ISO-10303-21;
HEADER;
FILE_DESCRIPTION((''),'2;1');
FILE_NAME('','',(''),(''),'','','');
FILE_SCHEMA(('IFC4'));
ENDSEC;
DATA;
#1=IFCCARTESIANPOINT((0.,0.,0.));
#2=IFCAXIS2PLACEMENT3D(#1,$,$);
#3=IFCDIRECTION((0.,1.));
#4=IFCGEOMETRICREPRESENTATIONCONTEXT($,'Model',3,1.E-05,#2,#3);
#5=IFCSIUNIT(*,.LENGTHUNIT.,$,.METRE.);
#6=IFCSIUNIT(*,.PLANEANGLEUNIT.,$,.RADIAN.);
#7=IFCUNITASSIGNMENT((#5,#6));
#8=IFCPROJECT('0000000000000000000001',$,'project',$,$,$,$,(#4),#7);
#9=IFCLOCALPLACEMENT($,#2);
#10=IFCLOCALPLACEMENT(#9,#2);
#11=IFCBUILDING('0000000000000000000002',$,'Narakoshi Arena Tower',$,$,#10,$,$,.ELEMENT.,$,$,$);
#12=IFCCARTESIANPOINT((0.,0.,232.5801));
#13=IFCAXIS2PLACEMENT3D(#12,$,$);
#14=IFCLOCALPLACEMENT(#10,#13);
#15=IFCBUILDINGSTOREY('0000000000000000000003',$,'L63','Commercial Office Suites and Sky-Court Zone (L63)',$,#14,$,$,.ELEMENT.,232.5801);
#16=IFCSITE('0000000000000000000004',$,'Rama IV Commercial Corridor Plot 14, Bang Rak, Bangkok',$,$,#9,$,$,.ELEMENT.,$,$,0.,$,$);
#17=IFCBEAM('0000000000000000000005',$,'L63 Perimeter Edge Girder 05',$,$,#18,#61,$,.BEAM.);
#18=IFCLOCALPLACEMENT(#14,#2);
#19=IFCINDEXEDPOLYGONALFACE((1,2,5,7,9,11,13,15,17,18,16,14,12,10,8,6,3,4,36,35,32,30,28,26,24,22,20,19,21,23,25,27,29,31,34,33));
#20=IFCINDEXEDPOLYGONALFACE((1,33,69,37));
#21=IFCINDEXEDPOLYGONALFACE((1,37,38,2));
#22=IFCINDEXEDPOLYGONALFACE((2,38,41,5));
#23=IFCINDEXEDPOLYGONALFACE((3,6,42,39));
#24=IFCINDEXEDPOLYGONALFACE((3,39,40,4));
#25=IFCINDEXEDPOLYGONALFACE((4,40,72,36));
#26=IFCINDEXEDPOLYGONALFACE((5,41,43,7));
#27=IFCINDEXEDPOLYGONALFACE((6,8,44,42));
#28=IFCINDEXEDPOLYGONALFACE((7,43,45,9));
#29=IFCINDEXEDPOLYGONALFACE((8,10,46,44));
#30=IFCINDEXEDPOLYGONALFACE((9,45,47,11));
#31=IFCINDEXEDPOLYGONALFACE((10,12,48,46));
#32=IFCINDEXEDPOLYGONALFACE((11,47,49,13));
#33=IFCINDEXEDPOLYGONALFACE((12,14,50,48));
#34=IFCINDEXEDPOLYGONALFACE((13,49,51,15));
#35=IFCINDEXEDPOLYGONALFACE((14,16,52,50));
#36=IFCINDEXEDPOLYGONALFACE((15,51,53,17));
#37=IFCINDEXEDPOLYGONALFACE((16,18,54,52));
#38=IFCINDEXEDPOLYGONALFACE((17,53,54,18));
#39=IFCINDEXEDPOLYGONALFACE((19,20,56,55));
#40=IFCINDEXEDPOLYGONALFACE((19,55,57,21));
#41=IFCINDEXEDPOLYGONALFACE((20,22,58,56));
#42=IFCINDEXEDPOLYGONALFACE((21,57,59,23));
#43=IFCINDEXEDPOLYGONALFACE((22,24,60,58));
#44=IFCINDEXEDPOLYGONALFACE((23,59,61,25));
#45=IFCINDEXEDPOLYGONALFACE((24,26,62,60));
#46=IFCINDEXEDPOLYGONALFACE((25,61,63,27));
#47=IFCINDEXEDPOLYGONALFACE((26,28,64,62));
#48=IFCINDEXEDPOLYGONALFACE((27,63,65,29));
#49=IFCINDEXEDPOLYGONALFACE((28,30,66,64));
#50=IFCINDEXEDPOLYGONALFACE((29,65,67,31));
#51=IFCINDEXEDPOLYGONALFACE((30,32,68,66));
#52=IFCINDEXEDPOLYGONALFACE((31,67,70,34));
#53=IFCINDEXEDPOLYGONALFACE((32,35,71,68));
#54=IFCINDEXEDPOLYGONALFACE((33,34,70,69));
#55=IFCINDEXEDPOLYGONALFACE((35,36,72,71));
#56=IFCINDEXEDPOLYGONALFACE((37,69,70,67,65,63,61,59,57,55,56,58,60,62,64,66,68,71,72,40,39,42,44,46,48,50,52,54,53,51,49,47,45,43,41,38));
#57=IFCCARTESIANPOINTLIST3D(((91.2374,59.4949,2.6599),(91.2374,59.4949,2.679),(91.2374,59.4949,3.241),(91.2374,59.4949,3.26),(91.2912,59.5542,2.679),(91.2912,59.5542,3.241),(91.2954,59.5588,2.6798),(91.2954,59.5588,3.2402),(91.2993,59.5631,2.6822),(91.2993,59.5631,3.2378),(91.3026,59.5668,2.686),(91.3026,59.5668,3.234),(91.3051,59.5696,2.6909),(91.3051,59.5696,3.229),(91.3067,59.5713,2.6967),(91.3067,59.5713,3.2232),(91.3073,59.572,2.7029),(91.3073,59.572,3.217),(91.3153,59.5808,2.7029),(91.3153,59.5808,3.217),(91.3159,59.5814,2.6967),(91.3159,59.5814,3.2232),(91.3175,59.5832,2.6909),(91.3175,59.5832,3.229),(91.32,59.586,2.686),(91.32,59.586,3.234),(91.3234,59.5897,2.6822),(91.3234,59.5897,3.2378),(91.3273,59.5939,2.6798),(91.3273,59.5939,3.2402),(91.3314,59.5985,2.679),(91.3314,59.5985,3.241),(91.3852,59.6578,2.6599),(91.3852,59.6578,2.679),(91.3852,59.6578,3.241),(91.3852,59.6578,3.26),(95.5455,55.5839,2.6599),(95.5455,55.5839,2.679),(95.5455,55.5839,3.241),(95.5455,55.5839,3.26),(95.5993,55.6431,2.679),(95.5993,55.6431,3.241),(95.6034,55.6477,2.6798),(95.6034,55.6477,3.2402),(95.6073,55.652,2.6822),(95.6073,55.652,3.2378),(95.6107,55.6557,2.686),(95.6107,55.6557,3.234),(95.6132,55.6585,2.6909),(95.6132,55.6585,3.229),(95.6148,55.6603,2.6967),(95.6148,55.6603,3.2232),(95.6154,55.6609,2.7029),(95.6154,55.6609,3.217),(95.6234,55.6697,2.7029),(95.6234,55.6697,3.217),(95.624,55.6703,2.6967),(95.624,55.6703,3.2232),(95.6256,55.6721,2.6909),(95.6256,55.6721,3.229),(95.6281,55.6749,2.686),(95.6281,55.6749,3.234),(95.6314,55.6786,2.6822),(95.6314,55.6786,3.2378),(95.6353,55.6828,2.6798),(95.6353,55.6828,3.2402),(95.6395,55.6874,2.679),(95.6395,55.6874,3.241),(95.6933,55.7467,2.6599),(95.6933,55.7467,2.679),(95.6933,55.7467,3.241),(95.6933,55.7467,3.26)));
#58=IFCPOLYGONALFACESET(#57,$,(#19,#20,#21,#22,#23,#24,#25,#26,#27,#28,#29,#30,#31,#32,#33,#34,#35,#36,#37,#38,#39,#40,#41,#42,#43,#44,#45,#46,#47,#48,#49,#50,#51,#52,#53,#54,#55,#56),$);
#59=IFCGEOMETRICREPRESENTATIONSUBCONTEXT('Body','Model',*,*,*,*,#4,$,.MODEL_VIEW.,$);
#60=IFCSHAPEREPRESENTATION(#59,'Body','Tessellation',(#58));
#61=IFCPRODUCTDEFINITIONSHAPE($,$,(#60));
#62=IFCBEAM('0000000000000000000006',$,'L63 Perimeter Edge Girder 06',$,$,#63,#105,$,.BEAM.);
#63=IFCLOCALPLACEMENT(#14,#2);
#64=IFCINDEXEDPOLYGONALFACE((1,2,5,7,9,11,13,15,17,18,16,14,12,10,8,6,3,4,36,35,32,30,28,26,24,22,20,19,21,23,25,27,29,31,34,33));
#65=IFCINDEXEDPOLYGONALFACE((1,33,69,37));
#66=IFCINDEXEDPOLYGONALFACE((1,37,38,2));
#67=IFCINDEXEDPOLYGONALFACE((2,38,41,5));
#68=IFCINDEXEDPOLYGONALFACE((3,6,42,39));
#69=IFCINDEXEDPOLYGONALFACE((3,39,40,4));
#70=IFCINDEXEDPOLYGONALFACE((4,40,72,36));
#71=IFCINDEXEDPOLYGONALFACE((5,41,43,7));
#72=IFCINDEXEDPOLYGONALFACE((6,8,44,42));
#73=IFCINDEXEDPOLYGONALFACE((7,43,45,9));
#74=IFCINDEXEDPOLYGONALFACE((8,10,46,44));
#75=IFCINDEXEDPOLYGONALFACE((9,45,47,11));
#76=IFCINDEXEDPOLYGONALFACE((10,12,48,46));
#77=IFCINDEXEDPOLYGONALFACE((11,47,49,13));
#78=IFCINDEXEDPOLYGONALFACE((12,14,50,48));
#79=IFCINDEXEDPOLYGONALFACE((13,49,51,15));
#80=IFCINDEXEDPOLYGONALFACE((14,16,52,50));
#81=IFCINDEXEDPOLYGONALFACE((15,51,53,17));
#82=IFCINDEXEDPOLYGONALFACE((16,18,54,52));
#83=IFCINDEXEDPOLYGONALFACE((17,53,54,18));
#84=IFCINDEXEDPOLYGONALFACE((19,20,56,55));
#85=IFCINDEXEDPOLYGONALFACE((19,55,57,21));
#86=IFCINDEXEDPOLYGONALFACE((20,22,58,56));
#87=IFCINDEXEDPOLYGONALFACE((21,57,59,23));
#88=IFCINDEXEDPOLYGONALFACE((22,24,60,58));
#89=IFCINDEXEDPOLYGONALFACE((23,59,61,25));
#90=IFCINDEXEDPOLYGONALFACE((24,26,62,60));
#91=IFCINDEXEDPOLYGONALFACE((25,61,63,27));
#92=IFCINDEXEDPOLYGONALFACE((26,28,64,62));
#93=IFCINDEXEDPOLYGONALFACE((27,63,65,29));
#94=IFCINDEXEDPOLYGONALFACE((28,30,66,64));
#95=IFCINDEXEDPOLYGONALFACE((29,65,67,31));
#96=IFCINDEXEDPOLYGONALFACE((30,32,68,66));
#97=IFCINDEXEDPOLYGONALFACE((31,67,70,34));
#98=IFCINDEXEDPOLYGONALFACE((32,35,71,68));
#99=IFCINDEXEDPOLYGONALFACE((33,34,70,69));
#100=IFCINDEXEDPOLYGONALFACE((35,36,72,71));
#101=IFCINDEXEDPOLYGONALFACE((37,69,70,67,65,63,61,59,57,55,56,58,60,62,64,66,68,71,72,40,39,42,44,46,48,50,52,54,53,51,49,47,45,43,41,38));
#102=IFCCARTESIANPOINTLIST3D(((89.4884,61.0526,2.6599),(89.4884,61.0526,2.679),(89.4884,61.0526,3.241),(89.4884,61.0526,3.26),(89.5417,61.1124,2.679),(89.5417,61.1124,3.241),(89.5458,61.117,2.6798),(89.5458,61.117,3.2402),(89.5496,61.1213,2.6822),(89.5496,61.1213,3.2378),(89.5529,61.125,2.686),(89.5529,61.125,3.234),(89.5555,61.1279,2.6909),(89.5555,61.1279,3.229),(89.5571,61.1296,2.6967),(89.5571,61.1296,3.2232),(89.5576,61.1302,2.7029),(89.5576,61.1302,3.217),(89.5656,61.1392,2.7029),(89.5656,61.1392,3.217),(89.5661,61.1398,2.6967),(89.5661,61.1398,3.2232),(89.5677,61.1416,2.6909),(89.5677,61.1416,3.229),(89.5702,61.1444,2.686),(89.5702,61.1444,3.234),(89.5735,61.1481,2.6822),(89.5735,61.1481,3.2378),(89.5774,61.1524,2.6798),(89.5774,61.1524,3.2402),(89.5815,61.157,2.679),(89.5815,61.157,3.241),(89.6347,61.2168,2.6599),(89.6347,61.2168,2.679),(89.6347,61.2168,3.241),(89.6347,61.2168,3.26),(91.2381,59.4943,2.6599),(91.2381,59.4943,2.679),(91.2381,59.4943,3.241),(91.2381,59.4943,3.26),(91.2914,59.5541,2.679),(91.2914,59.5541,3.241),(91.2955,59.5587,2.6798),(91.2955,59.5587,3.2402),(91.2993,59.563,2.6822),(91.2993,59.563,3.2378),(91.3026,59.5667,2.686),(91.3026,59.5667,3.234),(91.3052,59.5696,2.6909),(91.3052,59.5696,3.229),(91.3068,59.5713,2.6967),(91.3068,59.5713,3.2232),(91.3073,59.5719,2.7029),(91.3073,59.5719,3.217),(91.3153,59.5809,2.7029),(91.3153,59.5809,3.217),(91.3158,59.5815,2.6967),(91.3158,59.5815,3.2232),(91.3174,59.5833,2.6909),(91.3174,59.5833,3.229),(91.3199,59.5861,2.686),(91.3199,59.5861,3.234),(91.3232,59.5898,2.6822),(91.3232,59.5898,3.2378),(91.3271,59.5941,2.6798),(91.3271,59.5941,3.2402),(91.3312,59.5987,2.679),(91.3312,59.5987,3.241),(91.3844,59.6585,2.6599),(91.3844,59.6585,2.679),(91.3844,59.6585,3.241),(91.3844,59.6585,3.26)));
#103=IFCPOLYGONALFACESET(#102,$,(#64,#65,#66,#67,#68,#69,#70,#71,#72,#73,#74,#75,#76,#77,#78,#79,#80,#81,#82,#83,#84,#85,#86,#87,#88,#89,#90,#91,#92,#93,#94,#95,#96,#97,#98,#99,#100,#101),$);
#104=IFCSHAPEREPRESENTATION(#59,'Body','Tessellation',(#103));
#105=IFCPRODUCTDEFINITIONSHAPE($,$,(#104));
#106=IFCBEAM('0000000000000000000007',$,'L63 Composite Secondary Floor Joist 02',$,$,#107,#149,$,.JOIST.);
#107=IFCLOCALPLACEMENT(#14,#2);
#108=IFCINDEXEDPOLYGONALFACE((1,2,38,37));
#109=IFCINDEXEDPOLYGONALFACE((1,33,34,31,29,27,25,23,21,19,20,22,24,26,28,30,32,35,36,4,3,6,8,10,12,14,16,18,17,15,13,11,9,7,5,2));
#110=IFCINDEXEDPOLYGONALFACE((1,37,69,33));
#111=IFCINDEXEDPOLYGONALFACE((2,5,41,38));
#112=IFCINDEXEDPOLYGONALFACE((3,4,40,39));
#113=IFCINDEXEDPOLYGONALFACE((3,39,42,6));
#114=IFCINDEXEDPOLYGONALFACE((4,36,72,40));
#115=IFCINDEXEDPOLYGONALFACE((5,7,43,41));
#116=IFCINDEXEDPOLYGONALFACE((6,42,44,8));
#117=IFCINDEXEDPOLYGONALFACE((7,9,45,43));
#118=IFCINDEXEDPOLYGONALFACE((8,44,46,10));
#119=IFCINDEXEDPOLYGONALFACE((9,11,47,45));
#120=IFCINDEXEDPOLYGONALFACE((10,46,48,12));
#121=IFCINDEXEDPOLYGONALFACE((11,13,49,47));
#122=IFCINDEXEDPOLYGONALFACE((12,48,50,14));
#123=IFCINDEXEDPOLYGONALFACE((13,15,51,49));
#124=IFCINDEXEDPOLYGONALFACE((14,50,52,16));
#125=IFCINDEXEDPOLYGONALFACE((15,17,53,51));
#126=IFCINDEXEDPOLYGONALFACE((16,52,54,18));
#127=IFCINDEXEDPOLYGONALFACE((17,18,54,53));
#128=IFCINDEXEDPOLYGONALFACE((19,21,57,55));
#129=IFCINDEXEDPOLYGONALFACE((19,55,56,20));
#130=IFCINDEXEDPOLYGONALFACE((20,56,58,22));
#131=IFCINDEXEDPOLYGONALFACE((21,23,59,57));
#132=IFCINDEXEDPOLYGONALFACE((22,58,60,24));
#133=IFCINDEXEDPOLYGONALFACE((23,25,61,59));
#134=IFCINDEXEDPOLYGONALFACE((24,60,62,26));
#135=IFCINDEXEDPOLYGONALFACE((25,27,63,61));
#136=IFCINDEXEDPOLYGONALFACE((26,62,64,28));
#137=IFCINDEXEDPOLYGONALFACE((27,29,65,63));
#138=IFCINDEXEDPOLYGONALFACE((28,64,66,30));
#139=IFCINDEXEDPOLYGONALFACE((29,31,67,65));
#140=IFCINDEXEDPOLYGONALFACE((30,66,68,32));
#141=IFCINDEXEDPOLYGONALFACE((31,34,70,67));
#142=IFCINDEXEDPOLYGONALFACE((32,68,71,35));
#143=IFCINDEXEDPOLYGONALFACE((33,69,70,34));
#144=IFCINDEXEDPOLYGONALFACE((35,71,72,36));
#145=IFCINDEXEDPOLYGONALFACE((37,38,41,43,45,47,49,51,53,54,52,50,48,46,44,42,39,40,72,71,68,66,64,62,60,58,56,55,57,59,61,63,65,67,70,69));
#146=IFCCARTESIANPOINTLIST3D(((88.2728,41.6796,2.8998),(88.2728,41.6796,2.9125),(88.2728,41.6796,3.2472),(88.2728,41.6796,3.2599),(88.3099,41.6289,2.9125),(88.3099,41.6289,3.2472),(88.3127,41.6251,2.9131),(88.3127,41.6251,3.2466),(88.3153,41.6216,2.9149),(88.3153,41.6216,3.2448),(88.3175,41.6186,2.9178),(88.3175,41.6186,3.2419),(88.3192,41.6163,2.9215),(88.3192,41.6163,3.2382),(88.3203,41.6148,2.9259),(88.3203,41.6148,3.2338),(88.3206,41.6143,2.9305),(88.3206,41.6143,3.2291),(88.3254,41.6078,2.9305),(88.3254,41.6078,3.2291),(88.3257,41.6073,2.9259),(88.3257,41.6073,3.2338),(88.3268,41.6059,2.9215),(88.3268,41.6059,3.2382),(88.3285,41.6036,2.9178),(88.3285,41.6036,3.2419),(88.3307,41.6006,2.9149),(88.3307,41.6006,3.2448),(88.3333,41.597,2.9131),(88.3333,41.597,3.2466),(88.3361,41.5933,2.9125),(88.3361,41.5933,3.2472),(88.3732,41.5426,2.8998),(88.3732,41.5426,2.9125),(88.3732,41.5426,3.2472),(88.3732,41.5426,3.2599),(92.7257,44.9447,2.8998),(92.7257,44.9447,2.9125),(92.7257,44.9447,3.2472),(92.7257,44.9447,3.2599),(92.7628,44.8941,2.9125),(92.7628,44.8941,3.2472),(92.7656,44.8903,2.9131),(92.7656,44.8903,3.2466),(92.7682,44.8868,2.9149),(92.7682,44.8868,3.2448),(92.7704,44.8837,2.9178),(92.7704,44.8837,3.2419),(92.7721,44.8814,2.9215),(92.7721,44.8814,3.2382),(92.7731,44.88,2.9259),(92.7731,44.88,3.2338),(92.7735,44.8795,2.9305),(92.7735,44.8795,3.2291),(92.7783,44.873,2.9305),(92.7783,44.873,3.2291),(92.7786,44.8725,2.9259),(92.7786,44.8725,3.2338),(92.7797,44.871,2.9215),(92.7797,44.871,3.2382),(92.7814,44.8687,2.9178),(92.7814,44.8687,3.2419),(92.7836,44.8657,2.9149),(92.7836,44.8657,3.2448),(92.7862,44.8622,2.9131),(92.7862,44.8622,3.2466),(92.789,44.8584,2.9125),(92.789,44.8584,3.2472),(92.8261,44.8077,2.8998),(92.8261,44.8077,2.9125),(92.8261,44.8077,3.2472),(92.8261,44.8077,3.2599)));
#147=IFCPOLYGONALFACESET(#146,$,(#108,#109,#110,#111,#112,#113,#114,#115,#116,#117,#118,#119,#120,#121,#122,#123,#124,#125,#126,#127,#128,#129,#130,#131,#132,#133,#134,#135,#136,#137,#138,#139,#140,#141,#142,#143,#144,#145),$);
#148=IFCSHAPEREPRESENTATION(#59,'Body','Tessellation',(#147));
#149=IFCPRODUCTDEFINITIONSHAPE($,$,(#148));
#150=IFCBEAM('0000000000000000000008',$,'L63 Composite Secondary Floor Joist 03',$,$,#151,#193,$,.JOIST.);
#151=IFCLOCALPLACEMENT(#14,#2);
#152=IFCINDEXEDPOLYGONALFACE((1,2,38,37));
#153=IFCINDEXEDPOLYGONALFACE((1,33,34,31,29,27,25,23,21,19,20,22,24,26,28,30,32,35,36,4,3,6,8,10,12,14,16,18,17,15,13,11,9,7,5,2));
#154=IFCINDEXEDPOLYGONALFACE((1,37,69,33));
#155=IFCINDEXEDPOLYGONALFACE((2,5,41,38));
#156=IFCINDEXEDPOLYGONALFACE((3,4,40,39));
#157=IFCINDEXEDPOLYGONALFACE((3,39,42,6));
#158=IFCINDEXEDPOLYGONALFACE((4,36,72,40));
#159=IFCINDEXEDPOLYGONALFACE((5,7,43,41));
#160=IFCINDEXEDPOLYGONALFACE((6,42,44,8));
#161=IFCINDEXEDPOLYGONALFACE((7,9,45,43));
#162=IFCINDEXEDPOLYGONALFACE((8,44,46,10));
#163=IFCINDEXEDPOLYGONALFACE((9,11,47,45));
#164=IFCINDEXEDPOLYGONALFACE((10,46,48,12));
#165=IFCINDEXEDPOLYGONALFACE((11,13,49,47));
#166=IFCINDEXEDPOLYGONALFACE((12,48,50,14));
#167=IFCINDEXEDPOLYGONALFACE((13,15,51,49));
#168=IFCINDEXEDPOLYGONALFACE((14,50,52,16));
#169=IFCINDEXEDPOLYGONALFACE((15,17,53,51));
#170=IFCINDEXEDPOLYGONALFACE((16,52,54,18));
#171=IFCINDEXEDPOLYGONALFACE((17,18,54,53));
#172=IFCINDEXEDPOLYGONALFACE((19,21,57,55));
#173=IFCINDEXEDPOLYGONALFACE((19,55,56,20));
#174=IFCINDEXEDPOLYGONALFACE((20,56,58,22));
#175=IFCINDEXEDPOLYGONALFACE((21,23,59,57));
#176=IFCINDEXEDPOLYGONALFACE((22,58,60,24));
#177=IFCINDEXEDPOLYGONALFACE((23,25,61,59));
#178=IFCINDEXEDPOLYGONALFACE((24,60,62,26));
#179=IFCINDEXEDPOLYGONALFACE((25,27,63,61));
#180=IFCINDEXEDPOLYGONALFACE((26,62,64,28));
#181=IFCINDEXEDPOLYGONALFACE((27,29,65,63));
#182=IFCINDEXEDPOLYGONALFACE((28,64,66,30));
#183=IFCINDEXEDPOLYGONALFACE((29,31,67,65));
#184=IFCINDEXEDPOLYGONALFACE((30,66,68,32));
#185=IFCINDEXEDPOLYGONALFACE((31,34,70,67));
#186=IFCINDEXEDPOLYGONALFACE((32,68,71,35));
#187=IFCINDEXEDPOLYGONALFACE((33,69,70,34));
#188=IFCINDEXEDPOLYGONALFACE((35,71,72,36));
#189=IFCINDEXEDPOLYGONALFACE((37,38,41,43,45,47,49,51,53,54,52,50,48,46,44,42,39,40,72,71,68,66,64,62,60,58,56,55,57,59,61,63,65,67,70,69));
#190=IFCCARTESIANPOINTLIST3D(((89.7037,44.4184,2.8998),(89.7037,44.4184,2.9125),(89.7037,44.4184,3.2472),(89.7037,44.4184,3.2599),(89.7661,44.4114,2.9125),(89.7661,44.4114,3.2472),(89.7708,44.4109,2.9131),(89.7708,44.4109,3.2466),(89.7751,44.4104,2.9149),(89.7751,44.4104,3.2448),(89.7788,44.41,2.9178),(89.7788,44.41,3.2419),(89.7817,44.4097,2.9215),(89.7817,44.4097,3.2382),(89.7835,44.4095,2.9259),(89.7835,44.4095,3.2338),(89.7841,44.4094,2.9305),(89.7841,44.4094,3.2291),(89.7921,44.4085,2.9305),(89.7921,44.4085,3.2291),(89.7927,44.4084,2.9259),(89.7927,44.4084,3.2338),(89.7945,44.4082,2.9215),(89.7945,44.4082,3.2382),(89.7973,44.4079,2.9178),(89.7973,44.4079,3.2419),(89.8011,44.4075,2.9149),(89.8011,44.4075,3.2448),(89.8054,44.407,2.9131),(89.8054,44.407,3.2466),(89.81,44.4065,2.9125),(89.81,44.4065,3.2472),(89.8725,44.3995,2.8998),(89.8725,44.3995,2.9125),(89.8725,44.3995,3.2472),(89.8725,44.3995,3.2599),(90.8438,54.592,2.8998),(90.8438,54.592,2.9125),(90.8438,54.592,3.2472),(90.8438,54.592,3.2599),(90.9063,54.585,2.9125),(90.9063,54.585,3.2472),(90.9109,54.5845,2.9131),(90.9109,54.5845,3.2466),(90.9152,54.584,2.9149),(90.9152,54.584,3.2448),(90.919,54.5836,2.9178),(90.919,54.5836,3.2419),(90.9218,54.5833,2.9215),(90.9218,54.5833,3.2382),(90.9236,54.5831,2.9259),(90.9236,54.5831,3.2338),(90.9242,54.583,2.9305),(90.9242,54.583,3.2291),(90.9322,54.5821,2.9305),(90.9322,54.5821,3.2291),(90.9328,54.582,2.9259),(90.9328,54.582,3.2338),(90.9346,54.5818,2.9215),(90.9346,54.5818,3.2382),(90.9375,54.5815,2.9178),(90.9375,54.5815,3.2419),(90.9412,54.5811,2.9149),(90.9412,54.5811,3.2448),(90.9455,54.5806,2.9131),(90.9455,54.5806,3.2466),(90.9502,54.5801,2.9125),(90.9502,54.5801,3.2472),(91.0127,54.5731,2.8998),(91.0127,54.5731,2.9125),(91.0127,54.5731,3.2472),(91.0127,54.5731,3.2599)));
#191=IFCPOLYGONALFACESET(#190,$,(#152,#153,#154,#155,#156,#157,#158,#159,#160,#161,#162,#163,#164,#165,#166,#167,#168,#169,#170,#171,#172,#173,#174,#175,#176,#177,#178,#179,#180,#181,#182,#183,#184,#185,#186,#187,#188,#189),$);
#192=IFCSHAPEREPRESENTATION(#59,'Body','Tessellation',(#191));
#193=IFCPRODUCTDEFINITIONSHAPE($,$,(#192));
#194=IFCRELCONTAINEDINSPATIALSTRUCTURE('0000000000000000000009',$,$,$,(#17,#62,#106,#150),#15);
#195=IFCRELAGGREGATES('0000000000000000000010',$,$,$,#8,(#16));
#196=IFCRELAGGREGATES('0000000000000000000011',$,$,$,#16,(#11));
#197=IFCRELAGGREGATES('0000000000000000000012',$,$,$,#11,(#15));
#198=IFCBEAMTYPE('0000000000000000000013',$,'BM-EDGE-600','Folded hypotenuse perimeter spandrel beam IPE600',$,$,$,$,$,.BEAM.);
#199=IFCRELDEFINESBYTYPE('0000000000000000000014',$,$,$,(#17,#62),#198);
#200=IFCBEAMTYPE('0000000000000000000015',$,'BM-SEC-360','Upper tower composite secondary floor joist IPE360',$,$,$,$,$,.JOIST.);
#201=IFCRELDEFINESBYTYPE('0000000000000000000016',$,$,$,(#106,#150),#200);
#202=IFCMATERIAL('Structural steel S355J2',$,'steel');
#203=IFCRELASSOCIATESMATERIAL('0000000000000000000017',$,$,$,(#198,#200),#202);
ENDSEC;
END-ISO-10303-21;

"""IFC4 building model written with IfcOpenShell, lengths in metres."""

from ifc_helpers import new_model, si_unit, direction, frame, origin, origin_2d, place, context, subcontext, project, spatial, i_section, extrude, material, material_profile, profile_set, type_object, element, save


model = new_model("IFC4")

# Units and contexts
model_context = context("Model", 3, precision=1e-05, world=origin(), true_north=direction((0.0, 1.0)))
body_context = subcontext(model_context, "Body", "Model", "MODEL_VIEW")
ifc_project = project(units=[si_unit("LENGTHUNIT", "METRE"), si_unit("PLANEANGLEUNIT", "RADIAN")], contexts=[model_context])

# Site, building, storey
site_placement = place(None, origin())
site = spatial("IfcSite", under=ifc_project, at=site_placement, Name="Rama IV Commercial Corridor Plot 14, Bang Rak, Bangkok", CompositionType="ELEMENT", RefElevation=0.0)
building_placement = place(site_placement, origin())
building = spatial("IfcBuilding", under=site, at=building_placement, Name="Narakoshi Arena Tower", CompositionType="ELEMENT")
storey_placement = place(building_placement, frame((0.0, 0.0, 232.5801)))
storey = spatial("IfcBuildingStorey", under=building, at=storey_placement, Name="L63", Description="Commercial Office Suites and Sky-Court Zone (L63)", CompositionType="ELEMENT", Elevation=232.5801)

# Beams
ifc_material_1 = material(Name="Structural steel S355J2", Category="steel")
ifc_material_profile_1 = material_profile(ifc_material_1, i_section(OverallWidth=0.22, OverallDepth=0.6001, WebThickness=0.012, FlangeThickness=0.019, FilletRadius=0.0239, at=origin_2d()), Name="IPE600")
ifc_profile_set_1 = profile_set([ifc_material_profile_1], Name="Structural steel S355J2")
beam_type_1 = type_object("IfcBeamType", Name="BM-EDGE-600", Description="Folded hypotenuse perimeter spandrel beam IPE600", PredefinedType="BEAM", material=ifc_profile_set_1)
beam_1_placement = place(storey_placement, frame((95.6194, 55.6653, 2.96), z_axis=(-0.740396, 0.672171, 0.0), x_axis=(-0.672171, -0.740396, 0.0)))
element("IfcBeam", 1, at=beam_1_placement, inside=storey, type_object=beam_type_1, Name="L63 Perimeter Edge Girder 05", PredefinedType="BEAM", context=body_context, shape_type="SweptSolid", body=[
    extrude(i_section(OverallWidth=0.22, OverallDepth=0.6001, WebThickness=0.012, FlangeThickness=0.019, FilletRadius=0.0239, at=origin_2d()), origin(), (0.0, 0.0, 1.0), 5.8186),
])
beam_2_placement = place(storey_placement, frame((91.3113, 59.5764, 2.96), z_axis=(-0.746771, 0.665081, 0.0), x_axis=(-0.665081, -0.746771, 0.0)))
element("IfcBeam", 2, at=beam_2_placement, inside=storey, type_object=beam_type_1, Name="L63 Perimeter Edge Girder 06", PredefinedType="BEAM", context=body_context, shape_type="SweptSolid", body=[
    extrude(i_section(OverallWidth=0.22, OverallDepth=0.6001, WebThickness=0.012, FlangeThickness=0.019, FilletRadius=0.0239, at=origin_2d()), origin(), (0.0, 0.0, 1.0), 2.343),
])
ifc_material_profile_2 = material_profile(ifc_material_1, i_section(OverallWidth=0.1699, OverallDepth=0.3601, WebThickness=0.0081, FlangeThickness=0.0127, FilletRadius=0.0181, at=origin_2d()), Name="IPE360")
ifc_profile_set_2 = profile_set([ifc_material_profile_2], Name="Structural steel S355J2")
beam_type_2 = type_object("IfcBeamType", Name="BM-SEC-360", Description="Upper tower composite secondary floor joist IPE360", PredefinedType="JOIST", material=ifc_profile_set_2)
beam_3_placement = place(storey_placement, frame((88.323, 41.6111, 3.0798), z_axis=(0.806432, 0.591327, 0.0), x_axis=(-0.591327, 0.806432, 0.0)))
element("IfcBeam", 3, at=beam_3_placement, inside=storey, type_object=beam_type_2, Name="L63 Composite Secondary Floor Joist 02", PredefinedType="JOIST", context=body_context, shape_type="SweptSolid", body=[
    extrude(i_section(OverallWidth=0.1699, OverallDepth=0.3601, WebThickness=0.0081, FlangeThickness=0.0127, FilletRadius=0.0181, at=origin_2d()), origin(), (0.0, 0.0, 1.0), 5.5217),
])
beam_4_placement = place(storey_placement, frame((89.7881, 44.4089, 3.0798), z_axis=(0.111371, 0.993779, 0.0), x_axis=(-0.993779, 0.111371, 0.0)))
element("IfcBeam", 4, at=beam_4_placement, inside=storey, type_object=beam_type_2, Name="L63 Composite Secondary Floor Joist 03", PredefinedType="JOIST", context=body_context, shape_type="SweptSolid", body=[
    extrude(i_section(OverallWidth=0.1699, OverallDepth=0.3601, WebThickness=0.0081, FlangeThickness=0.0127, FilletRadius=0.0181, at=origin_2d()), origin(), (0.0, 0.0, 1.0), 10.2373),
])

save(model, "model.ifc")
